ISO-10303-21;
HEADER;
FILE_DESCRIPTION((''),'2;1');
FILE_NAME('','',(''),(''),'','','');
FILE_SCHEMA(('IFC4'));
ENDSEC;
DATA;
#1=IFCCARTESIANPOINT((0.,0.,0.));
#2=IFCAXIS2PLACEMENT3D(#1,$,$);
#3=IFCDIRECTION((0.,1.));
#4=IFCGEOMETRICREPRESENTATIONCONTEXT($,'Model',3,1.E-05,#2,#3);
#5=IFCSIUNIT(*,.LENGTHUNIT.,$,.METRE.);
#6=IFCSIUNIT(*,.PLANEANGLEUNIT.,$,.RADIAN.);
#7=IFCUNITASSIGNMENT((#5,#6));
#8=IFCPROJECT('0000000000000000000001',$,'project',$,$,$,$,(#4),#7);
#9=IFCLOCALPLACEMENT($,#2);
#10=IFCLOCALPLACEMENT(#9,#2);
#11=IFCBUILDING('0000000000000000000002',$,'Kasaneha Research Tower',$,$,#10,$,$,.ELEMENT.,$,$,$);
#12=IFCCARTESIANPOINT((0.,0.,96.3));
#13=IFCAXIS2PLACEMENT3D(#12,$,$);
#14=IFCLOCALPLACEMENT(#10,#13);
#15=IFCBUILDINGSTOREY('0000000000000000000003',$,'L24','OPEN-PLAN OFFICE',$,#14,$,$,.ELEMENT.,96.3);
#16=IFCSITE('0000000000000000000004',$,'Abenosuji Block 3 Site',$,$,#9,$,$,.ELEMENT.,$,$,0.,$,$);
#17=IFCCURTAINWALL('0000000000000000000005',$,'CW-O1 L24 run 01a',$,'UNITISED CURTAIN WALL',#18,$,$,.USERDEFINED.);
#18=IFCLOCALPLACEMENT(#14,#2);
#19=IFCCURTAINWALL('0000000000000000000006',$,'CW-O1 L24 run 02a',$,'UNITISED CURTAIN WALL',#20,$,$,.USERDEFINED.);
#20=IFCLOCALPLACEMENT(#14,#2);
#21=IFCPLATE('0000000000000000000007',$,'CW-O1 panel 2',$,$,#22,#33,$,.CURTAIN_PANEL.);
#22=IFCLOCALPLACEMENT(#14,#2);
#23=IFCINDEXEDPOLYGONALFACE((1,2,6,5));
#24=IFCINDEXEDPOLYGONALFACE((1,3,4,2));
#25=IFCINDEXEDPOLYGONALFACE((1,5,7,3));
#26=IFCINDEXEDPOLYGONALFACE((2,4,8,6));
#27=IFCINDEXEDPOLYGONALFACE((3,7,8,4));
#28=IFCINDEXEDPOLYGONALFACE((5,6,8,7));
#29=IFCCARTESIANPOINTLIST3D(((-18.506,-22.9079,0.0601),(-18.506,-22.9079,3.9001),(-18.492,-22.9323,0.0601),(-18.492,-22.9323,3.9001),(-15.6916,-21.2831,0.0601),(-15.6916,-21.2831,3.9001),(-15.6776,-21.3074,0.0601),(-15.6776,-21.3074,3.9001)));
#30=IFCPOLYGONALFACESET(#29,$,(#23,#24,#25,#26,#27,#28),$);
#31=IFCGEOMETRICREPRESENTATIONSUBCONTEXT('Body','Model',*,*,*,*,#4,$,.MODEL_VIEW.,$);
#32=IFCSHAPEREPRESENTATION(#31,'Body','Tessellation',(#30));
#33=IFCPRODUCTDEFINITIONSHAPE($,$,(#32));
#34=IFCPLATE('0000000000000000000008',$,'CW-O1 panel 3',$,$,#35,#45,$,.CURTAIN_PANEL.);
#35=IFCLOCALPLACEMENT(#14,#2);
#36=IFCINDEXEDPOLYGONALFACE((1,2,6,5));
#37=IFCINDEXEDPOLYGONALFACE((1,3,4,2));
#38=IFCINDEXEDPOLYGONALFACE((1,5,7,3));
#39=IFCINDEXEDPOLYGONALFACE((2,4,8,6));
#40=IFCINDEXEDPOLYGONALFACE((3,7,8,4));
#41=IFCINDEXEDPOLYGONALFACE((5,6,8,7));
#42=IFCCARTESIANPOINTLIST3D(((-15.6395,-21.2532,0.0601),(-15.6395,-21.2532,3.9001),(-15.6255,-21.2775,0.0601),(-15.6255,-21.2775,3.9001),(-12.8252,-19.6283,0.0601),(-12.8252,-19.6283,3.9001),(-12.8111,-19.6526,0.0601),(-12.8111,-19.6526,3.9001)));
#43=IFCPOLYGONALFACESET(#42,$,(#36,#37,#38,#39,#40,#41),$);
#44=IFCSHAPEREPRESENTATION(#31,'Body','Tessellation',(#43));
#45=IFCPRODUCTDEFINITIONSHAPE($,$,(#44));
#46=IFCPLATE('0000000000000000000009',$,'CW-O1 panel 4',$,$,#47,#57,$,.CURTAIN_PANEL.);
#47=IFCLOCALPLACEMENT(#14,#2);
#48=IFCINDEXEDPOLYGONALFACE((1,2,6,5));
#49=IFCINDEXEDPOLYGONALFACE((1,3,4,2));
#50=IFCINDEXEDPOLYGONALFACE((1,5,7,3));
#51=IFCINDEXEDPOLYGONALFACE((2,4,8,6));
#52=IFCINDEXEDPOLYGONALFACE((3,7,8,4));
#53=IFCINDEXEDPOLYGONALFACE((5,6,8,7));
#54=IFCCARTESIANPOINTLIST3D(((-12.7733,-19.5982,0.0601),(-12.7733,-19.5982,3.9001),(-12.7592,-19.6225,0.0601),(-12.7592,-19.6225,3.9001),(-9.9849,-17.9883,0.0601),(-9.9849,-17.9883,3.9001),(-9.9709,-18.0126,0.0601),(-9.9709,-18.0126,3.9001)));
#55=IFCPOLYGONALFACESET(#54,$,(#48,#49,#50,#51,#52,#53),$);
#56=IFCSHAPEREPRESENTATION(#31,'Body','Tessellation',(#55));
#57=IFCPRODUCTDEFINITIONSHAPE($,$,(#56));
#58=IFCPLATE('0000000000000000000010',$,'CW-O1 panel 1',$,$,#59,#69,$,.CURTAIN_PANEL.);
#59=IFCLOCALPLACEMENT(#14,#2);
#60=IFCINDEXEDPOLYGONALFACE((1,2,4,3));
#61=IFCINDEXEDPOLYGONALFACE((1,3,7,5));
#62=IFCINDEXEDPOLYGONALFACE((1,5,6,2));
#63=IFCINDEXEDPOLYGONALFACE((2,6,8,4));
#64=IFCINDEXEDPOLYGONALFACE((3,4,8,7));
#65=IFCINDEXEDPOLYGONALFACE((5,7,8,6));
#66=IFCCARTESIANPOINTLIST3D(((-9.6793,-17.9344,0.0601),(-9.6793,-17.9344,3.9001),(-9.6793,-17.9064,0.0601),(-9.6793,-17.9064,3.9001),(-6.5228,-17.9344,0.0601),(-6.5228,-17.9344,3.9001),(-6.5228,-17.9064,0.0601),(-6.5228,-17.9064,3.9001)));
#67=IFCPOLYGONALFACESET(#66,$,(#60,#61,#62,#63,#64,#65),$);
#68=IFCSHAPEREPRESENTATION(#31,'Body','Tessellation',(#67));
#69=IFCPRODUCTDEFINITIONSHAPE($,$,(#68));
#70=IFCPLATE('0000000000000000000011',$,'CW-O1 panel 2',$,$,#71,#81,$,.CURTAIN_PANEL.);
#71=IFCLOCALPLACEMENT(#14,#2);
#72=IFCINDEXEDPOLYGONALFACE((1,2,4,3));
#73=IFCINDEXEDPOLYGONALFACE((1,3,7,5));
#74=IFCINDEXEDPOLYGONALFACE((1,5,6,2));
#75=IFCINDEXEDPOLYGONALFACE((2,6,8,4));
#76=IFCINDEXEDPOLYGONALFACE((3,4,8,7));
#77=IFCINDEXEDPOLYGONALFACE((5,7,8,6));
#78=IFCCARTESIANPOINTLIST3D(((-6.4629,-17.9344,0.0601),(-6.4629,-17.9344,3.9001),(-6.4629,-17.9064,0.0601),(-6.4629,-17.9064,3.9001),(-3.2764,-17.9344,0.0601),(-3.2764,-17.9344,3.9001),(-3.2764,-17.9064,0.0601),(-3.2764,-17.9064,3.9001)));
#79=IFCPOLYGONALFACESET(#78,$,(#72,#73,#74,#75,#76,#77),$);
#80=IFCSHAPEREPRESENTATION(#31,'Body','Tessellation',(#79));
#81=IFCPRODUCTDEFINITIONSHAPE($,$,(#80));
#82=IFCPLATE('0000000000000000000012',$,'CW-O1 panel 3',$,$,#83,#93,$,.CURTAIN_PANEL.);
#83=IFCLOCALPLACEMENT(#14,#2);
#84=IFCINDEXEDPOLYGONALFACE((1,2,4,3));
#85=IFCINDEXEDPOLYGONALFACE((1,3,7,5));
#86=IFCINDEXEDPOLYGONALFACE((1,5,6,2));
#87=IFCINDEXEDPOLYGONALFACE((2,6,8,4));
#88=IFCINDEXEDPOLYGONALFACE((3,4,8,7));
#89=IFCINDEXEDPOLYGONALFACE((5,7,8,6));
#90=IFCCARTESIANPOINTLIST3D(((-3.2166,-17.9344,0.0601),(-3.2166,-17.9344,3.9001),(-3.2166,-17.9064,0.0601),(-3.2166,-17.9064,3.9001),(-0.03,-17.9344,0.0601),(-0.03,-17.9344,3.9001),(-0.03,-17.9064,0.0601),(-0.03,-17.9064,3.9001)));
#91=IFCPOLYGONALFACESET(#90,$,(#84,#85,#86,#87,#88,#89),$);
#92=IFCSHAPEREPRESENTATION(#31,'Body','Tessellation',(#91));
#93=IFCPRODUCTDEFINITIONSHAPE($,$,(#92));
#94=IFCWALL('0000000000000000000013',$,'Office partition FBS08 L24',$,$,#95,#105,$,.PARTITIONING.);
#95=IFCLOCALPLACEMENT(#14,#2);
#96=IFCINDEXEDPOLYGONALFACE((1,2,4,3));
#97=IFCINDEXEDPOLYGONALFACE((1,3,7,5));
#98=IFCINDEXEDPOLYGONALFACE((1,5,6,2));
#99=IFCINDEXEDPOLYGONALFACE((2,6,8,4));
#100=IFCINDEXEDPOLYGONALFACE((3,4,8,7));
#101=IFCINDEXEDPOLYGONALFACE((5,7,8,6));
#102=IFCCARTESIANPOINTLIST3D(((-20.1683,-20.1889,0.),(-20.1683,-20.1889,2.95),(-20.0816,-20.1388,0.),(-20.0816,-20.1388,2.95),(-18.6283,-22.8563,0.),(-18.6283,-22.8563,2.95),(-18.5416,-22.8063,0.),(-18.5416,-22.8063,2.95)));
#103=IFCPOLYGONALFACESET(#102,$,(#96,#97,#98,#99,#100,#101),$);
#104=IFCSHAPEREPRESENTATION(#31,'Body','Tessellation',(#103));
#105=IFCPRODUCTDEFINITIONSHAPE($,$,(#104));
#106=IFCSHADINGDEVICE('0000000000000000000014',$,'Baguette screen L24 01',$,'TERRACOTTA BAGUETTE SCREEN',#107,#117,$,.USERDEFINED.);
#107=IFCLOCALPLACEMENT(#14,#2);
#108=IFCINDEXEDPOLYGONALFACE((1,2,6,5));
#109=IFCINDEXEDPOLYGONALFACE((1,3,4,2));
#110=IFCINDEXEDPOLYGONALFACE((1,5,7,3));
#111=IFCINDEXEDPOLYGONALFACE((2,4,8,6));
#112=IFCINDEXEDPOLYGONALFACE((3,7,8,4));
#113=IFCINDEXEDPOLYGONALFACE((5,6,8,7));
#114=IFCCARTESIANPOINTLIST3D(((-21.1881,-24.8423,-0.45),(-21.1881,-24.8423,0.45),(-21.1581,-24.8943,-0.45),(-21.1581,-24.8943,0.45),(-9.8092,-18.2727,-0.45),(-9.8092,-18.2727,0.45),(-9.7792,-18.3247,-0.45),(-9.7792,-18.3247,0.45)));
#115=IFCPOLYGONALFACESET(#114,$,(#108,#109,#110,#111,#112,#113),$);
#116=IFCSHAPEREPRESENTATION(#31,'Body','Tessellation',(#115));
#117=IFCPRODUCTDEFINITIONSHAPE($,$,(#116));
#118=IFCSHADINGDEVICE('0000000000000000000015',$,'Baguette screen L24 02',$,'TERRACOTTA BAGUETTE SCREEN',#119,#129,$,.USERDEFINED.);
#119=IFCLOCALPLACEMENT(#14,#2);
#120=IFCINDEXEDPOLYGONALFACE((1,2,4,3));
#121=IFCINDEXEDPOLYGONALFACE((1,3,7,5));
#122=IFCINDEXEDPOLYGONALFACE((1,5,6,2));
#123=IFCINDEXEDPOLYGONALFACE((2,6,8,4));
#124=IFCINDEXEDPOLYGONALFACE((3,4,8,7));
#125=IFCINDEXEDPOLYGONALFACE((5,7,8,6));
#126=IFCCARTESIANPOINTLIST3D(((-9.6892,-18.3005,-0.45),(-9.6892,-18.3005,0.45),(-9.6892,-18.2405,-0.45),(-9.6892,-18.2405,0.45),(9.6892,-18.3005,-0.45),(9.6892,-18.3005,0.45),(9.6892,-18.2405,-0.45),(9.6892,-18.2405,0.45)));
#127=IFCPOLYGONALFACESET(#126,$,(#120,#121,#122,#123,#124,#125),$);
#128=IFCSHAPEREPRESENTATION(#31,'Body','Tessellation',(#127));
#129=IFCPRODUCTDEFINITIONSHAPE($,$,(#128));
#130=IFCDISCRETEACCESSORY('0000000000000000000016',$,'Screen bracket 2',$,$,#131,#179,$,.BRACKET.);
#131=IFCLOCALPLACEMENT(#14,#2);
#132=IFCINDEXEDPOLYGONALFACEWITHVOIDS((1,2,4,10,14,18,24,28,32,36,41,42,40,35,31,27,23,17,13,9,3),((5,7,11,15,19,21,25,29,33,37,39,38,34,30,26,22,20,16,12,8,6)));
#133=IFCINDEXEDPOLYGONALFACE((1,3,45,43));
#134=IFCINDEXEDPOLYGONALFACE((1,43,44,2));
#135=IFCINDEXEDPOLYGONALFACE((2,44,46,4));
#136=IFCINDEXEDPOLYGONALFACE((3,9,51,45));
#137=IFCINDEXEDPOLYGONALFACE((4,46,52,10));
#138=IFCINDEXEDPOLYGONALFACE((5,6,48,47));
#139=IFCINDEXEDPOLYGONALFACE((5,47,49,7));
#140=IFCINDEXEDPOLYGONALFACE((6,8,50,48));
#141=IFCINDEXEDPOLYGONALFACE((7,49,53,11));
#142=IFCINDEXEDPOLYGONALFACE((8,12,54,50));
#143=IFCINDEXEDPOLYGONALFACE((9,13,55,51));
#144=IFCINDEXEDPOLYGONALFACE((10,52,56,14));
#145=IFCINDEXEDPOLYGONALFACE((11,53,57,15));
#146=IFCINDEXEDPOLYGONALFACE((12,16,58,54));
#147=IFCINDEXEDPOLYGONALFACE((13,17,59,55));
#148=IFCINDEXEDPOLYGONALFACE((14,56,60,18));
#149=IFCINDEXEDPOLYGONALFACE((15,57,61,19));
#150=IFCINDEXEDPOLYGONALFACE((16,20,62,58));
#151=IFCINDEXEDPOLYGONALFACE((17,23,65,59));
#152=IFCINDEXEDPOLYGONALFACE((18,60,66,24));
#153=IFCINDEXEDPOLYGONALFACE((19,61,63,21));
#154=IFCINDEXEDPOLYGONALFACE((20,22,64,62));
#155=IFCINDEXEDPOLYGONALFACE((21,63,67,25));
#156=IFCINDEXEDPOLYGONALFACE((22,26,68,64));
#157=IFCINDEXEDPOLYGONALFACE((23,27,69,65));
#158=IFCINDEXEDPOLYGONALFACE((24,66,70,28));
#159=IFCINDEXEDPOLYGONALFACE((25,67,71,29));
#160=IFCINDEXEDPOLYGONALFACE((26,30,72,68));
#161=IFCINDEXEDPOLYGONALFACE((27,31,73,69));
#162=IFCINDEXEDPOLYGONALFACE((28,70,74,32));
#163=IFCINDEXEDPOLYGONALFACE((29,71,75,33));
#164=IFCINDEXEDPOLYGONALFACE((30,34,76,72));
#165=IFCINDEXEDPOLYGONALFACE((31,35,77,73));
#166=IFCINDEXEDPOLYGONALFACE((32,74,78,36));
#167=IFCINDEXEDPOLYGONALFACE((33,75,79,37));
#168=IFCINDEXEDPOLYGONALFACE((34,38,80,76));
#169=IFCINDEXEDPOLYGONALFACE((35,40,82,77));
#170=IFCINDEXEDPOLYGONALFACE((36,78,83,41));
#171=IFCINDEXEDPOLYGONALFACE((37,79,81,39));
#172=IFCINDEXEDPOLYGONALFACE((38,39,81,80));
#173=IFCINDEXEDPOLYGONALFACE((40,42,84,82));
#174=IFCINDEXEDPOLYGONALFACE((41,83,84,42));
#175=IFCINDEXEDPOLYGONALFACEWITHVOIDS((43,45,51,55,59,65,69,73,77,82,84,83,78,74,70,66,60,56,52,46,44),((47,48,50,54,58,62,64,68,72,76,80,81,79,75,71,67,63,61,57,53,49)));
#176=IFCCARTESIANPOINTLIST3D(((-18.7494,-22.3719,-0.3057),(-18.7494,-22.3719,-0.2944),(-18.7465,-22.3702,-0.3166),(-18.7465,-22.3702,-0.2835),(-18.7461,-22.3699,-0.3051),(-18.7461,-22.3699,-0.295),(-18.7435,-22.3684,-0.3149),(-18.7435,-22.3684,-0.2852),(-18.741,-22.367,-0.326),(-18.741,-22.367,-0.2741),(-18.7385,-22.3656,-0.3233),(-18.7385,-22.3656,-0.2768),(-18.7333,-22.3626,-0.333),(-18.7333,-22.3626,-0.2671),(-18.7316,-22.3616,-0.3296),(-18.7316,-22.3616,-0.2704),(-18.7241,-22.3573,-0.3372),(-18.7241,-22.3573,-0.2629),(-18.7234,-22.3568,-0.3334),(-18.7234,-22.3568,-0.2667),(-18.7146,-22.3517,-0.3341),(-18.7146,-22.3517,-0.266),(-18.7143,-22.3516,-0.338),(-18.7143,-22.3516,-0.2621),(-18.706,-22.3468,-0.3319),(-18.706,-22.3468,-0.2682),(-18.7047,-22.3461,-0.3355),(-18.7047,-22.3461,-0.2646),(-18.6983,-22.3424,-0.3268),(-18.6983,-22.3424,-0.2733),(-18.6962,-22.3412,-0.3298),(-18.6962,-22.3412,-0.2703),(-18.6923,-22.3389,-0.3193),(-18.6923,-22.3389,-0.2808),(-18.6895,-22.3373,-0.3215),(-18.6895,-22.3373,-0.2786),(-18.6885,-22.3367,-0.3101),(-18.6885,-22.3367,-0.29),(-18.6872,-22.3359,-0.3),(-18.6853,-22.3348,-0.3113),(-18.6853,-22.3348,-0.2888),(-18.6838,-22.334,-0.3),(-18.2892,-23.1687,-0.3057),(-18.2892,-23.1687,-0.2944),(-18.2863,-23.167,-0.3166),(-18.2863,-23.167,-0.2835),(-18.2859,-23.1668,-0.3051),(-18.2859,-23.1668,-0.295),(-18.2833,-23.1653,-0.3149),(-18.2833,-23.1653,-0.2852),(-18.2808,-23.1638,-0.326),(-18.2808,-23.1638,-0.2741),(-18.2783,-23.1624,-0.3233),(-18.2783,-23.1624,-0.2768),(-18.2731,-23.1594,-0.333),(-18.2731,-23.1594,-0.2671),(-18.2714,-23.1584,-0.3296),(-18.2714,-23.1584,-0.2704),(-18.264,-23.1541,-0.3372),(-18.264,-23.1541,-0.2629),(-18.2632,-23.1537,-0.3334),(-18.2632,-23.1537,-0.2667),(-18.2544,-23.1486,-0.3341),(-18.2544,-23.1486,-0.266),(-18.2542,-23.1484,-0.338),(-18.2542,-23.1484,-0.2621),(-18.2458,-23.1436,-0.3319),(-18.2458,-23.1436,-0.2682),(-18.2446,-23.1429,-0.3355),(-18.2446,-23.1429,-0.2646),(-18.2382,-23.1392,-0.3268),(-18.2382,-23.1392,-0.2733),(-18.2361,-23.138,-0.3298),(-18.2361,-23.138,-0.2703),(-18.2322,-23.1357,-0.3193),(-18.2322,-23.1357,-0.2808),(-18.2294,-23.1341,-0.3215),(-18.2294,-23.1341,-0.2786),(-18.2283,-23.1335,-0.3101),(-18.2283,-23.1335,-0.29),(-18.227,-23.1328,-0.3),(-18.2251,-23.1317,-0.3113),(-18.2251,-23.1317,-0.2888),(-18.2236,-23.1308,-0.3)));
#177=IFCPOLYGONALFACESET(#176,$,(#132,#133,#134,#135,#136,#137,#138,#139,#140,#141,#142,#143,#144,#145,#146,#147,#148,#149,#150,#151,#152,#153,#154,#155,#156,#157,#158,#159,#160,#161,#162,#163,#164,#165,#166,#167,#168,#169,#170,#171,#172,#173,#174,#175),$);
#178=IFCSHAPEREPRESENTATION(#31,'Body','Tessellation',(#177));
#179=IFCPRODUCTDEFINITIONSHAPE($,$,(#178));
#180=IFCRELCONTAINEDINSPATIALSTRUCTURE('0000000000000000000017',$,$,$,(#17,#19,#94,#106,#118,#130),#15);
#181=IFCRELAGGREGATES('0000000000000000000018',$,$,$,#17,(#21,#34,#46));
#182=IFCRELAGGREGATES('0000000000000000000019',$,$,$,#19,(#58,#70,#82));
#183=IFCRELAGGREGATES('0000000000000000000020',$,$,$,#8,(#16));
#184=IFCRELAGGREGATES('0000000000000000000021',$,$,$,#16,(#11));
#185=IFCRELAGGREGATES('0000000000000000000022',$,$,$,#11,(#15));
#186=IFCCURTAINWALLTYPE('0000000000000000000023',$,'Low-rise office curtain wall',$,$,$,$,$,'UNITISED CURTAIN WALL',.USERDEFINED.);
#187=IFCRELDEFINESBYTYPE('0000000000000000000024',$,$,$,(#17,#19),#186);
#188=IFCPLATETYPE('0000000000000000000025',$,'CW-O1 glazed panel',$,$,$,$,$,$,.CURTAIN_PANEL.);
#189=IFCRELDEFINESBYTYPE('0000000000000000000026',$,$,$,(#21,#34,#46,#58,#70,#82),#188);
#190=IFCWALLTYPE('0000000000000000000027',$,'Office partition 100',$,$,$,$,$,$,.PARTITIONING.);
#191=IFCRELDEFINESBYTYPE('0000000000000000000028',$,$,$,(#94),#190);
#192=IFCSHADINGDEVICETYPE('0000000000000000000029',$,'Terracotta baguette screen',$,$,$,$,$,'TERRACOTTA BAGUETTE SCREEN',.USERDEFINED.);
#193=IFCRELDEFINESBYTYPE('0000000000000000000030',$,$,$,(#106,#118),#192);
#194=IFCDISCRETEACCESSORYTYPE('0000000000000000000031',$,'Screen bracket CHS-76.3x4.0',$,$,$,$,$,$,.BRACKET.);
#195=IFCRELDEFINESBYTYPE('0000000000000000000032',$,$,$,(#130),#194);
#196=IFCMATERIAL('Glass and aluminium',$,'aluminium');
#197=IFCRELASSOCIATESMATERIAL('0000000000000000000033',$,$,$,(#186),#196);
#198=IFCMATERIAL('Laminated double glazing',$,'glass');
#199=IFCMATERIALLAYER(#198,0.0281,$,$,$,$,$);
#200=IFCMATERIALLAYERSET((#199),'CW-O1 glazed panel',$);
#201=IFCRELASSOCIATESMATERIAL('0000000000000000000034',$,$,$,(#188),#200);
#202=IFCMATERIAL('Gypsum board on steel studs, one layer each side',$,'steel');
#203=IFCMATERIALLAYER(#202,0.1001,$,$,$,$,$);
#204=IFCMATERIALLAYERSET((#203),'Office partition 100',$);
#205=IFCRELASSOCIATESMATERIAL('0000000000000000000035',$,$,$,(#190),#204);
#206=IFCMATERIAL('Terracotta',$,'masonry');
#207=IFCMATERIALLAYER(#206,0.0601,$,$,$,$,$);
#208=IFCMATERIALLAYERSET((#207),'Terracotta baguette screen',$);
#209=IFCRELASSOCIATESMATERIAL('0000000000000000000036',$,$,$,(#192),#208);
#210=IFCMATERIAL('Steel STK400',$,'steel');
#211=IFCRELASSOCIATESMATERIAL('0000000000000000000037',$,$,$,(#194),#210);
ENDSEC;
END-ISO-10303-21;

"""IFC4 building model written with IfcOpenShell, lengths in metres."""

from ifc_helpers import new_model, si_unit, direction, frame, frame_2d, origin, origin_2d, place, context, subcontext, project, spatial, rectangle, hollow_circle, extrude, material, layer, layer_set, material_profile, profile_set, type_object, element, aggregate, save


model = new_model("IFC4")

# Units and contexts
model_context = context("Model", 3, precision=1e-05, world=origin(), true_north=direction((0.0, 1.0)))
body_context = subcontext(model_context, "Body", "Model", "MODEL_VIEW")
ifc_project = project(units=[si_unit("LENGTHUNIT", "METRE"), si_unit("PLANEANGLEUNIT", "RADIAN")], contexts=[model_context])

# Site, building, storey
site_placement = place(None, origin())
site = spatial("IfcSite", under=ifc_project, at=site_placement, Name="Abenosuji Block 3 Site", CompositionType="ELEMENT", RefElevation=0.0)
building_placement = place(site_placement, origin())
building = spatial("IfcBuilding", under=site, at=building_placement, Name="Kasaneha Research Tower", CompositionType="ELEMENT")
storey_placement = place(building_placement, frame((0.0, 0.0, 96.3)))
storey = spatial("IfcBuildingStorey", under=building, at=storey_placement, Name="L24", Description="OPEN-PLAN OFFICE", CompositionType="ELEMENT", Elevation=96.3)

# Curtain walls
ifc_material_1 = material(Name="Glass and aluminium", Category="aluminium")
curtain_wall_type = type_object("IfcCurtainWallType", Name="Low-rise office curtain wall", ElementType="UNITISED CURTAIN WALL", PredefinedType="USERDEFINED", material=ifc_material_1)
curtain_wall_1_placement = place(storey_placement, origin())
curtain_wall_1 = element("IfcCurtainWall", 1, at=curtain_wall_1_placement, inside=storey, type_object=curtain_wall_type, Name="CW-O1 L24 run 01a", ObjectType="UNITISED CURTAIN WALL", PredefinedType="USERDEFINED")
curtain_wall_2_placement = place(storey_placement, origin())
curtain_wall_2 = element("IfcCurtainWall", 2, at=curtain_wall_2_placement, inside=storey, type_object=curtain_wall_type, Name="CW-O1 L24 run 02a", ObjectType="UNITISED CURTAIN WALL", PredefinedType="USERDEFINED")

# Plates
ifc_material_2 = material(Name="Laminated double glazing", Category="glass")
ifc_layer_1 = layer(ifc_material_2, 0.0281)
ifc_layer_set_1 = layer_set([ifc_layer_1], Name="CW-O1 glazed panel")
plate_type = type_object("IfcPlateType", Name="CW-O1 glazed panel", PredefinedType="CURTAIN_PANEL", material=ifc_layer_set_1)
plate_1_placement = place(storey_placement, frame((-17.0918, -22.1077, 0.0601), z_axis=(0.0, 0.0, 1.0), x_axis=(0.866025, 0.5, 0.0)))
plate_1 = element("IfcPlate", 3, at=plate_1_placement, type_object=plate_type, Name="CW-O1 panel 2", PredefinedType="CURTAIN_PANEL", context=body_context, shape_type="SweptSolid", body=[
    extrude(rectangle(XDim=3.2498, YDim=0.0281, at=origin_2d()), origin(), (0.0, 0.0, 1.0), 3.8401),
])
plate_2_placement = place(storey_placement, frame((-14.2253, -20.4529, 0.0601), z_axis=(0.0, 0.0, 1.0), x_axis=(0.866025, 0.5, 0.0)))
plate_2 = element("IfcPlate", 4, at=plate_2_placement, type_object=plate_type, Name="CW-O1 panel 3", PredefinedType="CURTAIN_PANEL", context=body_context, shape_type="SweptSolid", body=[
    extrude(rectangle(XDim=3.2498, YDim=0.0281, at=origin_2d()), origin(), (0.0, 0.0, 1.0), 3.8401),
])
plate_3_placement = place(storey_placement, frame((-11.3721, -18.8054, 0.0601), z_axis=(0.0, 0.0, 1.0), x_axis=(0.866025, 0.5, 0.0)))
plate_3 = element("IfcPlate", 5, at=plate_3_placement, type_object=plate_type, Name="CW-O1 panel 4", PredefinedType="CURTAIN_PANEL", context=body_context, shape_type="SweptSolid", body=[
    extrude(rectangle(XDim=3.2197, YDim=0.0281, at=origin_2d()), origin(), (0.0, 0.0, 1.0), 3.8401),
])
aggregate(curtain_wall_1, [plate_1, plate_2, plate_3])
plate_4_placement = place(storey_placement, frame((-8.1011, -17.9204, 0.0601), z_axis=(0.0, 0.0, 1.0), x_axis=(1.0, 0.0, 0.0)))
plate_4 = element("IfcPlate", 6, at=plate_4_placement, type_object=plate_type, Name="CW-O1 panel 1", PredefinedType="CURTAIN_PANEL", context=body_context, shape_type="SweptSolid", body=[
    extrude(rectangle(XDim=3.1565, YDim=0.0281, at=origin_2d()), origin(), (0.0, 0.0, 1.0), 3.8401),
])
plate_5_placement = place(storey_placement, frame((-4.8696, -17.9204, 0.0601), z_axis=(0.0, 0.0, 1.0), x_axis=(1.0, 0.0, 0.0)))
plate_5 = element("IfcPlate", 7, at=plate_5_placement, type_object=plate_type, Name="CW-O1 panel 2", PredefinedType="CURTAIN_PANEL", context=body_context, shape_type="SweptSolid", body=[
    extrude(rectangle(XDim=3.1865, YDim=0.0281, at=origin_2d()), origin(), (0.0, 0.0, 1.0), 3.8401),
])
plate_6_placement = place(storey_placement, frame((-1.6233, -17.9204, 0.0601), z_axis=(0.0, 0.0, 1.0), x_axis=(1.0, 0.0, 0.0)))
plate_6 = element("IfcPlate", 8, at=plate_6_placement, type_object=plate_type, Name="CW-O1 panel 3", PredefinedType="CURTAIN_PANEL", context=body_context, shape_type="SweptSolid", body=[
    extrude(rectangle(XDim=3.1865, YDim=0.0281, at=origin_2d()), origin(), (0.0, 0.0, 1.0), 3.8401),
])
aggregate(curtain_wall_2, [plate_4, plate_5, plate_6])

# Wall
ifc_material_3 = material(Name="Gypsum board on steel studs, one layer each side", Category="steel")
ifc_layer_2 = layer(ifc_material_3, 0.1001)
ifc_layer_set_2 = layer_set([ifc_layer_2], Name="Office partition 100")
wall_type = type_object("IfcWallType", Name="Office partition 100", PredefinedType="PARTITIONING", material=ifc_layer_set_2)
wall_placement = place(storey_placement, frame((-18.585, -22.8313, 0.0), z_axis=(0.0, 0.0, 1.0), x_axis=(-0.499992, 0.86603, 0.0)))
element("IfcWall", 9, at=wall_placement, inside=storey, type_object=wall_type, Name="Office partition FBS08 L24", PredefinedType="PARTITIONING", context=body_context, shape_type="SweptSolid", body=[
    extrude(rectangle(XDim=3.0801, YDim=0.1001, at=frame_2d((1.54, 0.0))), origin(), (0.0, 0.0, 1.0), 2.95),
])

# Shading devices
ifc_material_4 = material(Name="Terracotta", Category="masonry")
ifc_layer_3 = layer(ifc_material_4, 0.0601)
ifc_layer_set_3 = layer_set([ifc_layer_3], Name="Terracotta baguette screen")
shading_device_type = type_object("IfcShadingDeviceType", Name="Terracotta baguette screen", ElementType="TERRACOTTA BAGUETTE SCREEN", PredefinedType="USERDEFINED", material=ifc_layer_set_3)
shading_device_1_placement = place(storey_placement, frame((-15.4836, -21.5835, -0.45), z_axis=(0.0, 0.0, 1.0), x_axis=(0.866025, 0.5, 0.0)))
element("IfcShadingDevice", 10, at=shading_device_1_placement, inside=storey, type_object=shading_device_type, Name="Baguette screen L24 01", ObjectType="TERRACOTTA BAGUETTE SCREEN", PredefinedType="USERDEFINED", context=body_context, shape_type="SweptSolid", body=[
    extrude(rectangle(XDim=13.1392, YDim=0.0601, at=origin_2d()), origin(), (0.0, 0.0, 1.0), 0.8999),
])
shading_device_2_placement = place(storey_placement, frame((0.0, -18.2705, -0.45), z_axis=(0.0, 0.0, 1.0), x_axis=(1.0, 0.0, 0.0)))
element("IfcShadingDevice", 11, at=shading_device_2_placement, inside=storey, type_object=shading_device_type, Name="Baguette screen L24 02", ObjectType="TERRACOTTA BAGUETTE SCREEN", PredefinedType="USERDEFINED", context=body_context, shape_type="SweptSolid", body=[
    extrude(rectangle(XDim=19.3784, YDim=0.0601, at=origin_2d()), origin(), (0.0, 0.0, 1.0), 0.8999),
])

# Discrete accessory
ifc_material_5 = material(Name="Steel STK400", Category="steel")
ifc_material_profile_1 = material_profile(ifc_material_5, hollow_circle(Radius=0.0381, WallThickness=0.0039, at=origin_2d()), Name="CHS-76.3x4.0")
ifc_profile_set_1 = profile_set([ifc_material_profile_1], Name="Steel STK400")
discrete_accessory_type = type_object("IfcDiscreteAccessoryType", Name="Screen bracket CHS-76.3x4.0", PredefinedType="BRACKET", material=ifc_profile_set_1)
discrete_accessory_1_placement = place(storey_placement, frame((-18.7168, -22.353, -0.3), z_axis=(0.500105, -0.865965, 0.0), x_axis=(0.865965, 0.500105, 0.0)))
element("IfcDiscreteAccessory", 12, at=discrete_accessory_1_placement, inside=storey, type_object=discrete_accessory_type, Name="Screen bracket 2", PredefinedType="BRACKET", context=body_context, shape_type="SweptSolid", body=[
    extrude(hollow_circle(Radius=0.0381, WallThickness=0.0039, at=origin_2d()), origin(), (0.0, 0.0, 1.0), 0.9202),
])

save(model, "model.ifc")
